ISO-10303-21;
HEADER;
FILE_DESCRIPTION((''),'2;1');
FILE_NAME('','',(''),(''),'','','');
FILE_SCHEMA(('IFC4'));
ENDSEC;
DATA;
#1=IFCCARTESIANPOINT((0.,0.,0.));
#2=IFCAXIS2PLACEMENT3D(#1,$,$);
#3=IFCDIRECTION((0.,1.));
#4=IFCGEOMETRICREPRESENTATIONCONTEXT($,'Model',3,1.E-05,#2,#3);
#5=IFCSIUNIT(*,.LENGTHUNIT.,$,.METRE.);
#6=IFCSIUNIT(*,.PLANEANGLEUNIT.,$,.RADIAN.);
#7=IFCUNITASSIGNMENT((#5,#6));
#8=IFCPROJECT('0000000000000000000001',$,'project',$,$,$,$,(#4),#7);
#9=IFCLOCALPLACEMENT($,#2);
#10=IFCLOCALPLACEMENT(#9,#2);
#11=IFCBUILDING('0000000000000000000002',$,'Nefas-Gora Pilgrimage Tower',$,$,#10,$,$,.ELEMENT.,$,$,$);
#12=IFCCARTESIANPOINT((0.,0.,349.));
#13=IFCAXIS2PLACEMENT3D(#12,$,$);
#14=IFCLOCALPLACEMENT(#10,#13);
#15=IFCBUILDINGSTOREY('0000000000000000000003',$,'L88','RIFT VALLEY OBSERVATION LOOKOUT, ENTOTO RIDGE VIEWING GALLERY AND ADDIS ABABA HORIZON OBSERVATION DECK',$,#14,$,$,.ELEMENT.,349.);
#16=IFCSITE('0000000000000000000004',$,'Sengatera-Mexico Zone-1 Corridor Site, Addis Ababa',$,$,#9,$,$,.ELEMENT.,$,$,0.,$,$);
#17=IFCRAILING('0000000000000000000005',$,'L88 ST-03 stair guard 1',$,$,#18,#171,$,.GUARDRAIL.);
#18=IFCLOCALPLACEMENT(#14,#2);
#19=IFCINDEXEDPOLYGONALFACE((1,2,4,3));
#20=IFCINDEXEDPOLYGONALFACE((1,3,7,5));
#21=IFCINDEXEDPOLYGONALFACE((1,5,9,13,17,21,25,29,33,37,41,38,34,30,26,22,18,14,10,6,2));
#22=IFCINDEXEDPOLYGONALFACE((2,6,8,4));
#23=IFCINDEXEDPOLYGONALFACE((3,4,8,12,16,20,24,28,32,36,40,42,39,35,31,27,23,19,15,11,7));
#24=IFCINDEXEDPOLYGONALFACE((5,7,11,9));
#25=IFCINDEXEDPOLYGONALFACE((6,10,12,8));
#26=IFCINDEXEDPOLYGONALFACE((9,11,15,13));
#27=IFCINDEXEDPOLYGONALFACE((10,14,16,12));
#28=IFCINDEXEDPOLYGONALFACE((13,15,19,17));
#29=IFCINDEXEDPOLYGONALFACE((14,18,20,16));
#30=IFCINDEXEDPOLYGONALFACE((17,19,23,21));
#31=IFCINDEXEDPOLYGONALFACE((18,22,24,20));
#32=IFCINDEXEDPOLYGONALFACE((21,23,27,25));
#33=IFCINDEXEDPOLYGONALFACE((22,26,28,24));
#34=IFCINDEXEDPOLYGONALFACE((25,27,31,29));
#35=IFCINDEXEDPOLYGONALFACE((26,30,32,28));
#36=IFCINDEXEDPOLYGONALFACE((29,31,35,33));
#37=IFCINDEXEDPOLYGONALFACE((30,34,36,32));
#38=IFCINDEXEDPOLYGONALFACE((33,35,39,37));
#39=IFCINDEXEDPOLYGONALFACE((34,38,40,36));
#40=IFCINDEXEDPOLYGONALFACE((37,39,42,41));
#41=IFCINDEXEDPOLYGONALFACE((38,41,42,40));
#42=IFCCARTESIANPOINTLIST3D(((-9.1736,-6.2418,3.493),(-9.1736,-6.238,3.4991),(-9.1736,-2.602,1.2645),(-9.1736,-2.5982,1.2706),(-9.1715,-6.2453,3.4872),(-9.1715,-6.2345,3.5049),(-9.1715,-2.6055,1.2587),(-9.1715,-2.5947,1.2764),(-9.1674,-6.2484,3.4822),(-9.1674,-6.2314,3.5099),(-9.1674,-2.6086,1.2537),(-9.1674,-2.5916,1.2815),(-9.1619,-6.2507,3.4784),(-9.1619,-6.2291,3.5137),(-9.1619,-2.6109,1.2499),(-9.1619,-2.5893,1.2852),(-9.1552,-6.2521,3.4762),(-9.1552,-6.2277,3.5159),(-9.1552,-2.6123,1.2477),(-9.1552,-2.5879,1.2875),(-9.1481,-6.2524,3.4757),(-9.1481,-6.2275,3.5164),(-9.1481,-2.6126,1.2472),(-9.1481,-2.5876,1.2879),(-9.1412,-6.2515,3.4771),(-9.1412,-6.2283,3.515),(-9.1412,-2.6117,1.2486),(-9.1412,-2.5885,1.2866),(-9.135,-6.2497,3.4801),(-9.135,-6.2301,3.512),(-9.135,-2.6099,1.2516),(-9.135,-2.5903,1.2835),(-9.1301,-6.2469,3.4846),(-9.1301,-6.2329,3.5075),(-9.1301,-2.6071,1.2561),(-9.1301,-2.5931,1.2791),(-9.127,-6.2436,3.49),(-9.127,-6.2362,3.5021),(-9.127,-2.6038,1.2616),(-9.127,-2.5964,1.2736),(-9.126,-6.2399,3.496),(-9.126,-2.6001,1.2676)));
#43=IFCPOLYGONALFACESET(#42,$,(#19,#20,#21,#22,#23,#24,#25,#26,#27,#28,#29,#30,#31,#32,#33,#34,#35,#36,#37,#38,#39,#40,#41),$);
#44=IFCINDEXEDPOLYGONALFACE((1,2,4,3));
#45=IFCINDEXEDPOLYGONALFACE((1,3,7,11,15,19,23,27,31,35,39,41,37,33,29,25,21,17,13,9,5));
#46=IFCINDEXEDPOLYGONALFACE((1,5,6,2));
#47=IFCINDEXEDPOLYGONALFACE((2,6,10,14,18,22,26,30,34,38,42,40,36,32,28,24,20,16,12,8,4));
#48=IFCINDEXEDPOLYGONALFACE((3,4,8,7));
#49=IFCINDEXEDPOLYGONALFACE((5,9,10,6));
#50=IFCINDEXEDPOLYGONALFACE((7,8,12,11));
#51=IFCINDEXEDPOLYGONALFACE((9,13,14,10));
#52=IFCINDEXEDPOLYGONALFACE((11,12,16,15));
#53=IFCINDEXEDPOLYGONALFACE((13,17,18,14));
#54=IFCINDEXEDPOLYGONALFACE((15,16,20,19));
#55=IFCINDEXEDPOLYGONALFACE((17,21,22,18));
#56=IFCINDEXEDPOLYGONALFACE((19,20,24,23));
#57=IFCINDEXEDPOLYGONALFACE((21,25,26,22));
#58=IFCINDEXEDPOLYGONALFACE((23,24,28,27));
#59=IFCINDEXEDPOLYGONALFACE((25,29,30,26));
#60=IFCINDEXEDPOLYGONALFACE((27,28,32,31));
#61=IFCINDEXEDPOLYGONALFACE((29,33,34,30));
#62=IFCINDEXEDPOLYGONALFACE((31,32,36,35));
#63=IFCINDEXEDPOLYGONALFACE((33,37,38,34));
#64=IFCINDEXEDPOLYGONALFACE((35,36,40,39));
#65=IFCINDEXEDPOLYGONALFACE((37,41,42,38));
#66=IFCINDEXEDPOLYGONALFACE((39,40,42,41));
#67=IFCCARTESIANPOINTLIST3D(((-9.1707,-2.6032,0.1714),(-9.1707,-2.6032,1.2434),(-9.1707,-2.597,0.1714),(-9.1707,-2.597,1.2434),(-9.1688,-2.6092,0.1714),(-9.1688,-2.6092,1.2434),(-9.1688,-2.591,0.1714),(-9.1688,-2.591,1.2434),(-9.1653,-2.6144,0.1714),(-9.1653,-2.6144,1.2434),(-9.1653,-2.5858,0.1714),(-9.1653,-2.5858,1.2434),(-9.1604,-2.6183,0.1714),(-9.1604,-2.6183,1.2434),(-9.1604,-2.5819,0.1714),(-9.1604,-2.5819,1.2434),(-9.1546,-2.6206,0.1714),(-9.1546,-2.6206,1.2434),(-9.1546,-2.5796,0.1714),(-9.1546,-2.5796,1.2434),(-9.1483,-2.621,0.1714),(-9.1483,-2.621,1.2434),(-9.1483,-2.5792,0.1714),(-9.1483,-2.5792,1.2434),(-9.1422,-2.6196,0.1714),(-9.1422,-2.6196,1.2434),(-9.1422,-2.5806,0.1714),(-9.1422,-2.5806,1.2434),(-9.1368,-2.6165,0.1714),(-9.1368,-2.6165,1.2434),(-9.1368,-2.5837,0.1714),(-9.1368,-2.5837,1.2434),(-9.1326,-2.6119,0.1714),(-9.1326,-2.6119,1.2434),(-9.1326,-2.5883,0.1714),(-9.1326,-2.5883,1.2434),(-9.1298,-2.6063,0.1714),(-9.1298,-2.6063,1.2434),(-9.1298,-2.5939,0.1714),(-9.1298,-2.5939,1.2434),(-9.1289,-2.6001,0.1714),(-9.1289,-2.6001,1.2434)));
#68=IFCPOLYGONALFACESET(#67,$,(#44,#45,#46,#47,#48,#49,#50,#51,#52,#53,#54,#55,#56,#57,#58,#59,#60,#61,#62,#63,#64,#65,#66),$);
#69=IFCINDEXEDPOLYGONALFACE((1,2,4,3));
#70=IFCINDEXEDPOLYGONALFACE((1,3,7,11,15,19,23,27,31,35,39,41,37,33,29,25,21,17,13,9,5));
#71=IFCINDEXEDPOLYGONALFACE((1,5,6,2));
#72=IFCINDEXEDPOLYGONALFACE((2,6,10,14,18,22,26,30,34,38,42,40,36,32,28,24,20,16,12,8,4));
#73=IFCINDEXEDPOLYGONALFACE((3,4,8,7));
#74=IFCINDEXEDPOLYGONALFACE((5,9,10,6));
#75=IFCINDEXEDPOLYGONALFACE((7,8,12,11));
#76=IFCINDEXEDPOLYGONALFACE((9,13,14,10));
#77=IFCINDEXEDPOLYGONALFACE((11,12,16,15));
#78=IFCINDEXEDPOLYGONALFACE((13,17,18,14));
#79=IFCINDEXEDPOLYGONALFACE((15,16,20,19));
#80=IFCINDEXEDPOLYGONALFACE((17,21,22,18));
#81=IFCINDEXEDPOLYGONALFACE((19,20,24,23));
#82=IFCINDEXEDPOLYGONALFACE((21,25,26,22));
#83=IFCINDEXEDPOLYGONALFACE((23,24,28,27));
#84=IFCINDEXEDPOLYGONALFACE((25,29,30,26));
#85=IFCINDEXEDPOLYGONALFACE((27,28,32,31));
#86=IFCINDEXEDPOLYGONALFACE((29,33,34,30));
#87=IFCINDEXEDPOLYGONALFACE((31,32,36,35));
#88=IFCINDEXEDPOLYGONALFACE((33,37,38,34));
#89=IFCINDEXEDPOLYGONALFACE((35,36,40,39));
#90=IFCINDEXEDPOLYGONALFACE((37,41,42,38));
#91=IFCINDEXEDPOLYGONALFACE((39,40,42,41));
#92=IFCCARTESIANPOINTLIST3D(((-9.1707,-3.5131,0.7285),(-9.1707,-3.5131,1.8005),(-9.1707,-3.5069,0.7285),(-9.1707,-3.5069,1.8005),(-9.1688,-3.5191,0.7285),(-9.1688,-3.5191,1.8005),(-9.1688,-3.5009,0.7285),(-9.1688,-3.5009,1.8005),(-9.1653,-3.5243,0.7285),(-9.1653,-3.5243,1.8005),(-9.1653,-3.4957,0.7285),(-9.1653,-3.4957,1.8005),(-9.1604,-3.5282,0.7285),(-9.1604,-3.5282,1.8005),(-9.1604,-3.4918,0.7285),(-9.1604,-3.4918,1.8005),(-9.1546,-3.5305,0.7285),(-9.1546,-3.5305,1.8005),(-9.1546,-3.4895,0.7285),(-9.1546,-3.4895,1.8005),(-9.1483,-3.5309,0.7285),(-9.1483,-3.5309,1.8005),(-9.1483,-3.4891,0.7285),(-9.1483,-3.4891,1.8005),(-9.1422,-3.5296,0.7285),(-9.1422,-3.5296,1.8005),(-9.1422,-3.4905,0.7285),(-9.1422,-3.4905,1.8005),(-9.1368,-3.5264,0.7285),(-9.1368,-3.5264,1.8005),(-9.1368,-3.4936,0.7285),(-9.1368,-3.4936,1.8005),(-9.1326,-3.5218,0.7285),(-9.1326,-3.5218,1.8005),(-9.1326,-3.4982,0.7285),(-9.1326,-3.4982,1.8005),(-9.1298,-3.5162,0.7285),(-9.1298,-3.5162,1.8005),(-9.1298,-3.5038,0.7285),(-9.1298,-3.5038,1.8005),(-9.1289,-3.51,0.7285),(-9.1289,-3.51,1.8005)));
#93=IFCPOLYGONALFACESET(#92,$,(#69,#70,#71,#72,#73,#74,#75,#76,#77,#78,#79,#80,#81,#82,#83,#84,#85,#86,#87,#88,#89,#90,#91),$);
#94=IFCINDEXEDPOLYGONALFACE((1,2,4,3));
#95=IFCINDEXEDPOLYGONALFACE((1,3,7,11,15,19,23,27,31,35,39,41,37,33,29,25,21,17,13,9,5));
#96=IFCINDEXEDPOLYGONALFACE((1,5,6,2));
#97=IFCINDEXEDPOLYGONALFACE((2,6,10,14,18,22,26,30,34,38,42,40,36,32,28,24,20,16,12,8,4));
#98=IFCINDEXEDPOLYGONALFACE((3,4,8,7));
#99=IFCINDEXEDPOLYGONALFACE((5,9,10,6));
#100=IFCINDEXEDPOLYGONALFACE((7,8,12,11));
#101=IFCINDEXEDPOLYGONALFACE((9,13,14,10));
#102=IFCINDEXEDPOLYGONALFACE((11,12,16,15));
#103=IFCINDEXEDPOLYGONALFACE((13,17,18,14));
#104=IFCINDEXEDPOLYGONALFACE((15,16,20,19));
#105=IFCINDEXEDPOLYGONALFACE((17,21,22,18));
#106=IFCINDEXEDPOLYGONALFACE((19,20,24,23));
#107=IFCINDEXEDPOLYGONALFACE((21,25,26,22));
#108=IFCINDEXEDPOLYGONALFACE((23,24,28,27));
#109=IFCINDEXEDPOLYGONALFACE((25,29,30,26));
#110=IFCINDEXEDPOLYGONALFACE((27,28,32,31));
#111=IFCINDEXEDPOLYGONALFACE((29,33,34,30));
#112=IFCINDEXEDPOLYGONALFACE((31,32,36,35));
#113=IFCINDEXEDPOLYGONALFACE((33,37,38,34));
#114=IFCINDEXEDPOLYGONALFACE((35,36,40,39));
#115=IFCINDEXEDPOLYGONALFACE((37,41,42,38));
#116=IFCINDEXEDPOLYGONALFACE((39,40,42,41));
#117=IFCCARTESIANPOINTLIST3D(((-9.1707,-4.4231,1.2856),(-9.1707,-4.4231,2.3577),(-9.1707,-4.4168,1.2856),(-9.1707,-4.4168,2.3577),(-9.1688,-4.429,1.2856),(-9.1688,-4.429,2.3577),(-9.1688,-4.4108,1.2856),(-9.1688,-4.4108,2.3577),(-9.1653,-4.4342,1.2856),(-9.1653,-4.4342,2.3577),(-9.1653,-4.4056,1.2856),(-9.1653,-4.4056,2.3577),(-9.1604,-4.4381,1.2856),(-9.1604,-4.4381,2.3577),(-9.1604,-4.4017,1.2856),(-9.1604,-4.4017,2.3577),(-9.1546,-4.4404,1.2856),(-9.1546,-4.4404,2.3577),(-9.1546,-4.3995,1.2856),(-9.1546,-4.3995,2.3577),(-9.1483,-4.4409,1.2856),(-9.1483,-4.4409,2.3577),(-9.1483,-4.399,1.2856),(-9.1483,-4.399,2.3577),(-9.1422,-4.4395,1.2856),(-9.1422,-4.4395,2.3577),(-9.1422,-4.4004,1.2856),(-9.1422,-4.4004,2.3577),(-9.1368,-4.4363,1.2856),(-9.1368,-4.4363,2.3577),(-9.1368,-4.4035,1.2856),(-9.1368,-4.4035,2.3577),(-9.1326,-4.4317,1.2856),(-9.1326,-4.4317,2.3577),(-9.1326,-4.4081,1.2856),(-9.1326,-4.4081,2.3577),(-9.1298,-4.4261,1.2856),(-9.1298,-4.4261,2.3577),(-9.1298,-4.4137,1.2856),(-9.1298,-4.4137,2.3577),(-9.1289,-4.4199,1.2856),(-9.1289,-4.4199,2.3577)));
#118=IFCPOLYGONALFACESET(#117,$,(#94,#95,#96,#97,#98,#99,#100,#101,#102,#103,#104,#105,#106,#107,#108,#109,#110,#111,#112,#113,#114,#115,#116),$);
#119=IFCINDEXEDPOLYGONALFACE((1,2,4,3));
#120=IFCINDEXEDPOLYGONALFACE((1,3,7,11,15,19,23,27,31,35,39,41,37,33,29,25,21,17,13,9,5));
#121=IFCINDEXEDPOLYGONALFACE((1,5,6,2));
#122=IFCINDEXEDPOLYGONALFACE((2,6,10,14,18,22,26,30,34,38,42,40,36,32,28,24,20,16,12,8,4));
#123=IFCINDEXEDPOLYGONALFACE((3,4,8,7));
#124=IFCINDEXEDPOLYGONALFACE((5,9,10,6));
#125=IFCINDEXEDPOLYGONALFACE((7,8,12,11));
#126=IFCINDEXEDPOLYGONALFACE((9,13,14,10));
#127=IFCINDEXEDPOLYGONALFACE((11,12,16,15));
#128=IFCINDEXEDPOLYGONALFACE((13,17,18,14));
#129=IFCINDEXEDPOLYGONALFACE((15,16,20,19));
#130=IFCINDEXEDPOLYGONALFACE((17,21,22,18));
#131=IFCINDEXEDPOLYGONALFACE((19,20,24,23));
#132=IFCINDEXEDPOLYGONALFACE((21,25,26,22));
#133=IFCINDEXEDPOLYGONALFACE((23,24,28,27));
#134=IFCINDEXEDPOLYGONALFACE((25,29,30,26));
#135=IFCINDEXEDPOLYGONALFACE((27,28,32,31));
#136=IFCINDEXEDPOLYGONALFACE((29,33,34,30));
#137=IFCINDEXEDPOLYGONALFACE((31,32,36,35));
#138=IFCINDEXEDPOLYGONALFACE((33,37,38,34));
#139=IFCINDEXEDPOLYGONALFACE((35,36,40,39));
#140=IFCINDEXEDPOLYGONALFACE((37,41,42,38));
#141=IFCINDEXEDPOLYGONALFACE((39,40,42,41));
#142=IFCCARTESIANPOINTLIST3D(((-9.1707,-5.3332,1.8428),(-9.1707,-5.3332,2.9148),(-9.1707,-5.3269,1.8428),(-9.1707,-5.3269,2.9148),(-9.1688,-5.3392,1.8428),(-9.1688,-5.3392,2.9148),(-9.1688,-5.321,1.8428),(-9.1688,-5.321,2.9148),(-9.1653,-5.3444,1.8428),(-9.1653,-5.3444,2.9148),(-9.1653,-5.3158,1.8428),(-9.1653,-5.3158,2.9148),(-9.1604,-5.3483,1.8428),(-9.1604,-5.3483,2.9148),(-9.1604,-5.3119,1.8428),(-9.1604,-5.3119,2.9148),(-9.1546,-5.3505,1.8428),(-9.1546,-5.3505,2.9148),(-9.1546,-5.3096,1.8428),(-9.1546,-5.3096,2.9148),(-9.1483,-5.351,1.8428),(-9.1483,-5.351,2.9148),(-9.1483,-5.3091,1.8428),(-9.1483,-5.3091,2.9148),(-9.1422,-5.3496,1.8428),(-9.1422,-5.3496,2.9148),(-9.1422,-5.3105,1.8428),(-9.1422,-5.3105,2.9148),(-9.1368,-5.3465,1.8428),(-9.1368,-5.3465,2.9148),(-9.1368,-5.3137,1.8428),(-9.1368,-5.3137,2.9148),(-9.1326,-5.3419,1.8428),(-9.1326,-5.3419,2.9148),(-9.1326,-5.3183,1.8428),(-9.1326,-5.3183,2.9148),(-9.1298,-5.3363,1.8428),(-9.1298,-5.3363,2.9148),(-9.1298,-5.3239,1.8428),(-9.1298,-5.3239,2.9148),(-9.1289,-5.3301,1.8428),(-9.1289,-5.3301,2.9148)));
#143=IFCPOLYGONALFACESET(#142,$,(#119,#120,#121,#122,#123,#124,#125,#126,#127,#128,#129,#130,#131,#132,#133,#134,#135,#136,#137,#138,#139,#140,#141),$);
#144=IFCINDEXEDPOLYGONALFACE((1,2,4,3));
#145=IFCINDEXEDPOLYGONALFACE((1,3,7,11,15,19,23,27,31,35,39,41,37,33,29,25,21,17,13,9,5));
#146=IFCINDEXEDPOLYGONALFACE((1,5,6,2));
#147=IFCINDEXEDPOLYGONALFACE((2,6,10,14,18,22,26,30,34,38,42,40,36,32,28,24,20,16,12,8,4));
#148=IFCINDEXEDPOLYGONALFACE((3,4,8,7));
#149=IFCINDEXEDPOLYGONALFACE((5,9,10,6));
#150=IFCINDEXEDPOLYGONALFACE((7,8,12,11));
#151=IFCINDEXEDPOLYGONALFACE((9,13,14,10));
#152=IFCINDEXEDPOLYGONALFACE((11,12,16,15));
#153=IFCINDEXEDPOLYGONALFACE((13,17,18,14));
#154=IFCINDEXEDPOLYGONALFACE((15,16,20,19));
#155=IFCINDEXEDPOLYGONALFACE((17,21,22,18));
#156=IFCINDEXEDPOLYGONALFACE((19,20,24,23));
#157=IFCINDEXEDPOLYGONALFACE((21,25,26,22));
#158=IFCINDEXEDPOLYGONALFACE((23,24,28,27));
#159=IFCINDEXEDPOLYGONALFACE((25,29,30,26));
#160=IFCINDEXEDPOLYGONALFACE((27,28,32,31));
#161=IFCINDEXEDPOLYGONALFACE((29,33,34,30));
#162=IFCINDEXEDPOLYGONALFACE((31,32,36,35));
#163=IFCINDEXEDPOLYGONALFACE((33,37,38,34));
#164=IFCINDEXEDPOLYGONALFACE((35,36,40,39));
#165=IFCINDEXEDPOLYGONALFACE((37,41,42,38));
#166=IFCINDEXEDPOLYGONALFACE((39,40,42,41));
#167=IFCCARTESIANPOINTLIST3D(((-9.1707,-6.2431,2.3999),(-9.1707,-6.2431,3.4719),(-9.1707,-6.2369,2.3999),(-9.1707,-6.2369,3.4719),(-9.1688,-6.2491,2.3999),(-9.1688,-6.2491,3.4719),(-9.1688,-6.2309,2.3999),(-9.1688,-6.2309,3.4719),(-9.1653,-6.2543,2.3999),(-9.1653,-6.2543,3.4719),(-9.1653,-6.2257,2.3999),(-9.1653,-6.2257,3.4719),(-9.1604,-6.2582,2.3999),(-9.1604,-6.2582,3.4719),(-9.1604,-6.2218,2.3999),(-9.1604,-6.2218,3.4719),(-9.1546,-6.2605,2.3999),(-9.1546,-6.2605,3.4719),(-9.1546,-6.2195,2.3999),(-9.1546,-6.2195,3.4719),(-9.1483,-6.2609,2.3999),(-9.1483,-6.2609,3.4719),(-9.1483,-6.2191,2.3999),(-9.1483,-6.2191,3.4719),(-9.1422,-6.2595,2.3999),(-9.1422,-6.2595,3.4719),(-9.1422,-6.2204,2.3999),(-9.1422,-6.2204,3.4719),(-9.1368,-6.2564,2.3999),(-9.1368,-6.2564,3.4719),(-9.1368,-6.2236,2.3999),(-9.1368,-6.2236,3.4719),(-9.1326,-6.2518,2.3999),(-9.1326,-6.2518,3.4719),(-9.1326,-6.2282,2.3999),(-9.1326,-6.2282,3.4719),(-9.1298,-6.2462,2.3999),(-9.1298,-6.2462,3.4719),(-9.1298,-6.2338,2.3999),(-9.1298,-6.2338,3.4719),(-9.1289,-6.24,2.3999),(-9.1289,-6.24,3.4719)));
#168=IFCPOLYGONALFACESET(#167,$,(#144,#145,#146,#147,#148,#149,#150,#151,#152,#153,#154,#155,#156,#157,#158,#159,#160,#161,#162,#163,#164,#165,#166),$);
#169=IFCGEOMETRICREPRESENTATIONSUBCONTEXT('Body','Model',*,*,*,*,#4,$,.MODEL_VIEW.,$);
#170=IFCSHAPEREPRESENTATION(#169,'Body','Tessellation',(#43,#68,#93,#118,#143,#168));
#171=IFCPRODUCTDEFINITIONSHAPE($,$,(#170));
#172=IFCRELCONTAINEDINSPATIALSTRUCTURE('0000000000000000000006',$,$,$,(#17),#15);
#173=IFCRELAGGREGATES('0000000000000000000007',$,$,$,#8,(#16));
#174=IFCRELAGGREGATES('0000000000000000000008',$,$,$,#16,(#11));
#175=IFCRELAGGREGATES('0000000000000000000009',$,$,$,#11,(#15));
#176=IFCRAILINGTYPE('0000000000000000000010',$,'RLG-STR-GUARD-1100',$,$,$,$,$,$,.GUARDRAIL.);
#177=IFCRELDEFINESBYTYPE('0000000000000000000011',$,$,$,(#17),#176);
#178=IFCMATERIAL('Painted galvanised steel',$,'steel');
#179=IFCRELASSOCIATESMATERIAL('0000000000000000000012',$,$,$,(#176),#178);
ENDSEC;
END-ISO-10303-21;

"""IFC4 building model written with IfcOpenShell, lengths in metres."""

from ifc_helpers import new_model, si_unit, direction, frame, origin, origin_2d, place, context, subcontext, project, spatial, circle, extrude, material, type_object, element, save


model = new_model("IFC4")

# Units and contexts
model_context = context("Model", 3, precision=1e-05, world=origin(), true_north=direction((0.0, 1.0)))
body_context = subcontext(model_context, "Body", "Model", "MODEL_VIEW")
ifc_project = project(units=[si_unit("LENGTHUNIT", "METRE"), si_unit("PLANEANGLEUNIT", "RADIAN")], contexts=[model_context])

# Site, building, storey
site_placement = place(None, origin())
site = spatial("IfcSite", under=ifc_project, at=site_placement, Name="Sengatera-Mexico Zone-1 Corridor Site, Addis Ababa", CompositionType="ELEMENT", RefElevation=0.0)
building_placement = place(site_placement, origin())
building = spatial("IfcBuilding", under=site, at=building_placement, Name="Nefas-Gora Pilgrimage Tower", CompositionType="ELEMENT")
storey_placement = place(building_placement, frame((0.0, 0.0, 349.0)))
storey = spatial("IfcBuildingStorey", under=building, at=storey_placement, Name="L88", Description="RIFT VALLEY OBSERVATION LOOKOUT, ENTOTO RIDGE VIEWING GALLERY AND ADDIS ABABA HORIZON OBSERVATION DECK", CompositionType="ELEMENT", Elevation=349.0)

# Railing
ifc_material_1 = material(Name="Painted galvanised steel", Category="steel")
railing_type_1 = type_object("IfcRailingType", Name="RLG-STR-GUARD-1100", PredefinedType="GUARDRAIL", material=ifc_material_1)
railing_1_placement = place(storey_placement, frame((-9.1499, -2.6001, 0.1714)))
element("IfcRailing", 1, at=railing_1_placement, inside=storey, type_object=railing_type_1, Name="L88 ST-03 stair guard 1", PredefinedType="GUARDRAIL", context=body_context, shape_type="SweptSolid", body=[
    extrude(circle(Radius=0.0239, at=origin_2d()), frame((0.0, 0.0, 1.0962), z_axis=(0.0, -0.85285, 0.522156), x_axis=(1.0, 0.0, 0.0)), (0.0, 0.0, 1.0), 4.2678),
    extrude(circle(Radius=0.021, at=origin_2d()), origin(), (0.0, 0.0, 1.0), 1.072),
    extrude(circle(Radius=0.021, at=origin_2d()), frame((0.0, -0.9099, 0.5571)), (0.0, 0.0, 1.0), 1.072),
    extrude(circle(Radius=0.021, at=origin_2d()), frame((0.0, -1.8198, 1.1143)), (0.0, 0.0, 1.0), 1.072),
    extrude(circle(Radius=0.021, at=origin_2d()), frame((0.0, -2.73, 1.6714)), (0.0, 0.0, 1.0), 1.072),
    extrude(circle(Radius=0.021, at=origin_2d()), frame((0.0, -3.6399, 2.2285)), (0.0, 0.0, 1.0), 1.072),
])

save(model, "model.ifc")
